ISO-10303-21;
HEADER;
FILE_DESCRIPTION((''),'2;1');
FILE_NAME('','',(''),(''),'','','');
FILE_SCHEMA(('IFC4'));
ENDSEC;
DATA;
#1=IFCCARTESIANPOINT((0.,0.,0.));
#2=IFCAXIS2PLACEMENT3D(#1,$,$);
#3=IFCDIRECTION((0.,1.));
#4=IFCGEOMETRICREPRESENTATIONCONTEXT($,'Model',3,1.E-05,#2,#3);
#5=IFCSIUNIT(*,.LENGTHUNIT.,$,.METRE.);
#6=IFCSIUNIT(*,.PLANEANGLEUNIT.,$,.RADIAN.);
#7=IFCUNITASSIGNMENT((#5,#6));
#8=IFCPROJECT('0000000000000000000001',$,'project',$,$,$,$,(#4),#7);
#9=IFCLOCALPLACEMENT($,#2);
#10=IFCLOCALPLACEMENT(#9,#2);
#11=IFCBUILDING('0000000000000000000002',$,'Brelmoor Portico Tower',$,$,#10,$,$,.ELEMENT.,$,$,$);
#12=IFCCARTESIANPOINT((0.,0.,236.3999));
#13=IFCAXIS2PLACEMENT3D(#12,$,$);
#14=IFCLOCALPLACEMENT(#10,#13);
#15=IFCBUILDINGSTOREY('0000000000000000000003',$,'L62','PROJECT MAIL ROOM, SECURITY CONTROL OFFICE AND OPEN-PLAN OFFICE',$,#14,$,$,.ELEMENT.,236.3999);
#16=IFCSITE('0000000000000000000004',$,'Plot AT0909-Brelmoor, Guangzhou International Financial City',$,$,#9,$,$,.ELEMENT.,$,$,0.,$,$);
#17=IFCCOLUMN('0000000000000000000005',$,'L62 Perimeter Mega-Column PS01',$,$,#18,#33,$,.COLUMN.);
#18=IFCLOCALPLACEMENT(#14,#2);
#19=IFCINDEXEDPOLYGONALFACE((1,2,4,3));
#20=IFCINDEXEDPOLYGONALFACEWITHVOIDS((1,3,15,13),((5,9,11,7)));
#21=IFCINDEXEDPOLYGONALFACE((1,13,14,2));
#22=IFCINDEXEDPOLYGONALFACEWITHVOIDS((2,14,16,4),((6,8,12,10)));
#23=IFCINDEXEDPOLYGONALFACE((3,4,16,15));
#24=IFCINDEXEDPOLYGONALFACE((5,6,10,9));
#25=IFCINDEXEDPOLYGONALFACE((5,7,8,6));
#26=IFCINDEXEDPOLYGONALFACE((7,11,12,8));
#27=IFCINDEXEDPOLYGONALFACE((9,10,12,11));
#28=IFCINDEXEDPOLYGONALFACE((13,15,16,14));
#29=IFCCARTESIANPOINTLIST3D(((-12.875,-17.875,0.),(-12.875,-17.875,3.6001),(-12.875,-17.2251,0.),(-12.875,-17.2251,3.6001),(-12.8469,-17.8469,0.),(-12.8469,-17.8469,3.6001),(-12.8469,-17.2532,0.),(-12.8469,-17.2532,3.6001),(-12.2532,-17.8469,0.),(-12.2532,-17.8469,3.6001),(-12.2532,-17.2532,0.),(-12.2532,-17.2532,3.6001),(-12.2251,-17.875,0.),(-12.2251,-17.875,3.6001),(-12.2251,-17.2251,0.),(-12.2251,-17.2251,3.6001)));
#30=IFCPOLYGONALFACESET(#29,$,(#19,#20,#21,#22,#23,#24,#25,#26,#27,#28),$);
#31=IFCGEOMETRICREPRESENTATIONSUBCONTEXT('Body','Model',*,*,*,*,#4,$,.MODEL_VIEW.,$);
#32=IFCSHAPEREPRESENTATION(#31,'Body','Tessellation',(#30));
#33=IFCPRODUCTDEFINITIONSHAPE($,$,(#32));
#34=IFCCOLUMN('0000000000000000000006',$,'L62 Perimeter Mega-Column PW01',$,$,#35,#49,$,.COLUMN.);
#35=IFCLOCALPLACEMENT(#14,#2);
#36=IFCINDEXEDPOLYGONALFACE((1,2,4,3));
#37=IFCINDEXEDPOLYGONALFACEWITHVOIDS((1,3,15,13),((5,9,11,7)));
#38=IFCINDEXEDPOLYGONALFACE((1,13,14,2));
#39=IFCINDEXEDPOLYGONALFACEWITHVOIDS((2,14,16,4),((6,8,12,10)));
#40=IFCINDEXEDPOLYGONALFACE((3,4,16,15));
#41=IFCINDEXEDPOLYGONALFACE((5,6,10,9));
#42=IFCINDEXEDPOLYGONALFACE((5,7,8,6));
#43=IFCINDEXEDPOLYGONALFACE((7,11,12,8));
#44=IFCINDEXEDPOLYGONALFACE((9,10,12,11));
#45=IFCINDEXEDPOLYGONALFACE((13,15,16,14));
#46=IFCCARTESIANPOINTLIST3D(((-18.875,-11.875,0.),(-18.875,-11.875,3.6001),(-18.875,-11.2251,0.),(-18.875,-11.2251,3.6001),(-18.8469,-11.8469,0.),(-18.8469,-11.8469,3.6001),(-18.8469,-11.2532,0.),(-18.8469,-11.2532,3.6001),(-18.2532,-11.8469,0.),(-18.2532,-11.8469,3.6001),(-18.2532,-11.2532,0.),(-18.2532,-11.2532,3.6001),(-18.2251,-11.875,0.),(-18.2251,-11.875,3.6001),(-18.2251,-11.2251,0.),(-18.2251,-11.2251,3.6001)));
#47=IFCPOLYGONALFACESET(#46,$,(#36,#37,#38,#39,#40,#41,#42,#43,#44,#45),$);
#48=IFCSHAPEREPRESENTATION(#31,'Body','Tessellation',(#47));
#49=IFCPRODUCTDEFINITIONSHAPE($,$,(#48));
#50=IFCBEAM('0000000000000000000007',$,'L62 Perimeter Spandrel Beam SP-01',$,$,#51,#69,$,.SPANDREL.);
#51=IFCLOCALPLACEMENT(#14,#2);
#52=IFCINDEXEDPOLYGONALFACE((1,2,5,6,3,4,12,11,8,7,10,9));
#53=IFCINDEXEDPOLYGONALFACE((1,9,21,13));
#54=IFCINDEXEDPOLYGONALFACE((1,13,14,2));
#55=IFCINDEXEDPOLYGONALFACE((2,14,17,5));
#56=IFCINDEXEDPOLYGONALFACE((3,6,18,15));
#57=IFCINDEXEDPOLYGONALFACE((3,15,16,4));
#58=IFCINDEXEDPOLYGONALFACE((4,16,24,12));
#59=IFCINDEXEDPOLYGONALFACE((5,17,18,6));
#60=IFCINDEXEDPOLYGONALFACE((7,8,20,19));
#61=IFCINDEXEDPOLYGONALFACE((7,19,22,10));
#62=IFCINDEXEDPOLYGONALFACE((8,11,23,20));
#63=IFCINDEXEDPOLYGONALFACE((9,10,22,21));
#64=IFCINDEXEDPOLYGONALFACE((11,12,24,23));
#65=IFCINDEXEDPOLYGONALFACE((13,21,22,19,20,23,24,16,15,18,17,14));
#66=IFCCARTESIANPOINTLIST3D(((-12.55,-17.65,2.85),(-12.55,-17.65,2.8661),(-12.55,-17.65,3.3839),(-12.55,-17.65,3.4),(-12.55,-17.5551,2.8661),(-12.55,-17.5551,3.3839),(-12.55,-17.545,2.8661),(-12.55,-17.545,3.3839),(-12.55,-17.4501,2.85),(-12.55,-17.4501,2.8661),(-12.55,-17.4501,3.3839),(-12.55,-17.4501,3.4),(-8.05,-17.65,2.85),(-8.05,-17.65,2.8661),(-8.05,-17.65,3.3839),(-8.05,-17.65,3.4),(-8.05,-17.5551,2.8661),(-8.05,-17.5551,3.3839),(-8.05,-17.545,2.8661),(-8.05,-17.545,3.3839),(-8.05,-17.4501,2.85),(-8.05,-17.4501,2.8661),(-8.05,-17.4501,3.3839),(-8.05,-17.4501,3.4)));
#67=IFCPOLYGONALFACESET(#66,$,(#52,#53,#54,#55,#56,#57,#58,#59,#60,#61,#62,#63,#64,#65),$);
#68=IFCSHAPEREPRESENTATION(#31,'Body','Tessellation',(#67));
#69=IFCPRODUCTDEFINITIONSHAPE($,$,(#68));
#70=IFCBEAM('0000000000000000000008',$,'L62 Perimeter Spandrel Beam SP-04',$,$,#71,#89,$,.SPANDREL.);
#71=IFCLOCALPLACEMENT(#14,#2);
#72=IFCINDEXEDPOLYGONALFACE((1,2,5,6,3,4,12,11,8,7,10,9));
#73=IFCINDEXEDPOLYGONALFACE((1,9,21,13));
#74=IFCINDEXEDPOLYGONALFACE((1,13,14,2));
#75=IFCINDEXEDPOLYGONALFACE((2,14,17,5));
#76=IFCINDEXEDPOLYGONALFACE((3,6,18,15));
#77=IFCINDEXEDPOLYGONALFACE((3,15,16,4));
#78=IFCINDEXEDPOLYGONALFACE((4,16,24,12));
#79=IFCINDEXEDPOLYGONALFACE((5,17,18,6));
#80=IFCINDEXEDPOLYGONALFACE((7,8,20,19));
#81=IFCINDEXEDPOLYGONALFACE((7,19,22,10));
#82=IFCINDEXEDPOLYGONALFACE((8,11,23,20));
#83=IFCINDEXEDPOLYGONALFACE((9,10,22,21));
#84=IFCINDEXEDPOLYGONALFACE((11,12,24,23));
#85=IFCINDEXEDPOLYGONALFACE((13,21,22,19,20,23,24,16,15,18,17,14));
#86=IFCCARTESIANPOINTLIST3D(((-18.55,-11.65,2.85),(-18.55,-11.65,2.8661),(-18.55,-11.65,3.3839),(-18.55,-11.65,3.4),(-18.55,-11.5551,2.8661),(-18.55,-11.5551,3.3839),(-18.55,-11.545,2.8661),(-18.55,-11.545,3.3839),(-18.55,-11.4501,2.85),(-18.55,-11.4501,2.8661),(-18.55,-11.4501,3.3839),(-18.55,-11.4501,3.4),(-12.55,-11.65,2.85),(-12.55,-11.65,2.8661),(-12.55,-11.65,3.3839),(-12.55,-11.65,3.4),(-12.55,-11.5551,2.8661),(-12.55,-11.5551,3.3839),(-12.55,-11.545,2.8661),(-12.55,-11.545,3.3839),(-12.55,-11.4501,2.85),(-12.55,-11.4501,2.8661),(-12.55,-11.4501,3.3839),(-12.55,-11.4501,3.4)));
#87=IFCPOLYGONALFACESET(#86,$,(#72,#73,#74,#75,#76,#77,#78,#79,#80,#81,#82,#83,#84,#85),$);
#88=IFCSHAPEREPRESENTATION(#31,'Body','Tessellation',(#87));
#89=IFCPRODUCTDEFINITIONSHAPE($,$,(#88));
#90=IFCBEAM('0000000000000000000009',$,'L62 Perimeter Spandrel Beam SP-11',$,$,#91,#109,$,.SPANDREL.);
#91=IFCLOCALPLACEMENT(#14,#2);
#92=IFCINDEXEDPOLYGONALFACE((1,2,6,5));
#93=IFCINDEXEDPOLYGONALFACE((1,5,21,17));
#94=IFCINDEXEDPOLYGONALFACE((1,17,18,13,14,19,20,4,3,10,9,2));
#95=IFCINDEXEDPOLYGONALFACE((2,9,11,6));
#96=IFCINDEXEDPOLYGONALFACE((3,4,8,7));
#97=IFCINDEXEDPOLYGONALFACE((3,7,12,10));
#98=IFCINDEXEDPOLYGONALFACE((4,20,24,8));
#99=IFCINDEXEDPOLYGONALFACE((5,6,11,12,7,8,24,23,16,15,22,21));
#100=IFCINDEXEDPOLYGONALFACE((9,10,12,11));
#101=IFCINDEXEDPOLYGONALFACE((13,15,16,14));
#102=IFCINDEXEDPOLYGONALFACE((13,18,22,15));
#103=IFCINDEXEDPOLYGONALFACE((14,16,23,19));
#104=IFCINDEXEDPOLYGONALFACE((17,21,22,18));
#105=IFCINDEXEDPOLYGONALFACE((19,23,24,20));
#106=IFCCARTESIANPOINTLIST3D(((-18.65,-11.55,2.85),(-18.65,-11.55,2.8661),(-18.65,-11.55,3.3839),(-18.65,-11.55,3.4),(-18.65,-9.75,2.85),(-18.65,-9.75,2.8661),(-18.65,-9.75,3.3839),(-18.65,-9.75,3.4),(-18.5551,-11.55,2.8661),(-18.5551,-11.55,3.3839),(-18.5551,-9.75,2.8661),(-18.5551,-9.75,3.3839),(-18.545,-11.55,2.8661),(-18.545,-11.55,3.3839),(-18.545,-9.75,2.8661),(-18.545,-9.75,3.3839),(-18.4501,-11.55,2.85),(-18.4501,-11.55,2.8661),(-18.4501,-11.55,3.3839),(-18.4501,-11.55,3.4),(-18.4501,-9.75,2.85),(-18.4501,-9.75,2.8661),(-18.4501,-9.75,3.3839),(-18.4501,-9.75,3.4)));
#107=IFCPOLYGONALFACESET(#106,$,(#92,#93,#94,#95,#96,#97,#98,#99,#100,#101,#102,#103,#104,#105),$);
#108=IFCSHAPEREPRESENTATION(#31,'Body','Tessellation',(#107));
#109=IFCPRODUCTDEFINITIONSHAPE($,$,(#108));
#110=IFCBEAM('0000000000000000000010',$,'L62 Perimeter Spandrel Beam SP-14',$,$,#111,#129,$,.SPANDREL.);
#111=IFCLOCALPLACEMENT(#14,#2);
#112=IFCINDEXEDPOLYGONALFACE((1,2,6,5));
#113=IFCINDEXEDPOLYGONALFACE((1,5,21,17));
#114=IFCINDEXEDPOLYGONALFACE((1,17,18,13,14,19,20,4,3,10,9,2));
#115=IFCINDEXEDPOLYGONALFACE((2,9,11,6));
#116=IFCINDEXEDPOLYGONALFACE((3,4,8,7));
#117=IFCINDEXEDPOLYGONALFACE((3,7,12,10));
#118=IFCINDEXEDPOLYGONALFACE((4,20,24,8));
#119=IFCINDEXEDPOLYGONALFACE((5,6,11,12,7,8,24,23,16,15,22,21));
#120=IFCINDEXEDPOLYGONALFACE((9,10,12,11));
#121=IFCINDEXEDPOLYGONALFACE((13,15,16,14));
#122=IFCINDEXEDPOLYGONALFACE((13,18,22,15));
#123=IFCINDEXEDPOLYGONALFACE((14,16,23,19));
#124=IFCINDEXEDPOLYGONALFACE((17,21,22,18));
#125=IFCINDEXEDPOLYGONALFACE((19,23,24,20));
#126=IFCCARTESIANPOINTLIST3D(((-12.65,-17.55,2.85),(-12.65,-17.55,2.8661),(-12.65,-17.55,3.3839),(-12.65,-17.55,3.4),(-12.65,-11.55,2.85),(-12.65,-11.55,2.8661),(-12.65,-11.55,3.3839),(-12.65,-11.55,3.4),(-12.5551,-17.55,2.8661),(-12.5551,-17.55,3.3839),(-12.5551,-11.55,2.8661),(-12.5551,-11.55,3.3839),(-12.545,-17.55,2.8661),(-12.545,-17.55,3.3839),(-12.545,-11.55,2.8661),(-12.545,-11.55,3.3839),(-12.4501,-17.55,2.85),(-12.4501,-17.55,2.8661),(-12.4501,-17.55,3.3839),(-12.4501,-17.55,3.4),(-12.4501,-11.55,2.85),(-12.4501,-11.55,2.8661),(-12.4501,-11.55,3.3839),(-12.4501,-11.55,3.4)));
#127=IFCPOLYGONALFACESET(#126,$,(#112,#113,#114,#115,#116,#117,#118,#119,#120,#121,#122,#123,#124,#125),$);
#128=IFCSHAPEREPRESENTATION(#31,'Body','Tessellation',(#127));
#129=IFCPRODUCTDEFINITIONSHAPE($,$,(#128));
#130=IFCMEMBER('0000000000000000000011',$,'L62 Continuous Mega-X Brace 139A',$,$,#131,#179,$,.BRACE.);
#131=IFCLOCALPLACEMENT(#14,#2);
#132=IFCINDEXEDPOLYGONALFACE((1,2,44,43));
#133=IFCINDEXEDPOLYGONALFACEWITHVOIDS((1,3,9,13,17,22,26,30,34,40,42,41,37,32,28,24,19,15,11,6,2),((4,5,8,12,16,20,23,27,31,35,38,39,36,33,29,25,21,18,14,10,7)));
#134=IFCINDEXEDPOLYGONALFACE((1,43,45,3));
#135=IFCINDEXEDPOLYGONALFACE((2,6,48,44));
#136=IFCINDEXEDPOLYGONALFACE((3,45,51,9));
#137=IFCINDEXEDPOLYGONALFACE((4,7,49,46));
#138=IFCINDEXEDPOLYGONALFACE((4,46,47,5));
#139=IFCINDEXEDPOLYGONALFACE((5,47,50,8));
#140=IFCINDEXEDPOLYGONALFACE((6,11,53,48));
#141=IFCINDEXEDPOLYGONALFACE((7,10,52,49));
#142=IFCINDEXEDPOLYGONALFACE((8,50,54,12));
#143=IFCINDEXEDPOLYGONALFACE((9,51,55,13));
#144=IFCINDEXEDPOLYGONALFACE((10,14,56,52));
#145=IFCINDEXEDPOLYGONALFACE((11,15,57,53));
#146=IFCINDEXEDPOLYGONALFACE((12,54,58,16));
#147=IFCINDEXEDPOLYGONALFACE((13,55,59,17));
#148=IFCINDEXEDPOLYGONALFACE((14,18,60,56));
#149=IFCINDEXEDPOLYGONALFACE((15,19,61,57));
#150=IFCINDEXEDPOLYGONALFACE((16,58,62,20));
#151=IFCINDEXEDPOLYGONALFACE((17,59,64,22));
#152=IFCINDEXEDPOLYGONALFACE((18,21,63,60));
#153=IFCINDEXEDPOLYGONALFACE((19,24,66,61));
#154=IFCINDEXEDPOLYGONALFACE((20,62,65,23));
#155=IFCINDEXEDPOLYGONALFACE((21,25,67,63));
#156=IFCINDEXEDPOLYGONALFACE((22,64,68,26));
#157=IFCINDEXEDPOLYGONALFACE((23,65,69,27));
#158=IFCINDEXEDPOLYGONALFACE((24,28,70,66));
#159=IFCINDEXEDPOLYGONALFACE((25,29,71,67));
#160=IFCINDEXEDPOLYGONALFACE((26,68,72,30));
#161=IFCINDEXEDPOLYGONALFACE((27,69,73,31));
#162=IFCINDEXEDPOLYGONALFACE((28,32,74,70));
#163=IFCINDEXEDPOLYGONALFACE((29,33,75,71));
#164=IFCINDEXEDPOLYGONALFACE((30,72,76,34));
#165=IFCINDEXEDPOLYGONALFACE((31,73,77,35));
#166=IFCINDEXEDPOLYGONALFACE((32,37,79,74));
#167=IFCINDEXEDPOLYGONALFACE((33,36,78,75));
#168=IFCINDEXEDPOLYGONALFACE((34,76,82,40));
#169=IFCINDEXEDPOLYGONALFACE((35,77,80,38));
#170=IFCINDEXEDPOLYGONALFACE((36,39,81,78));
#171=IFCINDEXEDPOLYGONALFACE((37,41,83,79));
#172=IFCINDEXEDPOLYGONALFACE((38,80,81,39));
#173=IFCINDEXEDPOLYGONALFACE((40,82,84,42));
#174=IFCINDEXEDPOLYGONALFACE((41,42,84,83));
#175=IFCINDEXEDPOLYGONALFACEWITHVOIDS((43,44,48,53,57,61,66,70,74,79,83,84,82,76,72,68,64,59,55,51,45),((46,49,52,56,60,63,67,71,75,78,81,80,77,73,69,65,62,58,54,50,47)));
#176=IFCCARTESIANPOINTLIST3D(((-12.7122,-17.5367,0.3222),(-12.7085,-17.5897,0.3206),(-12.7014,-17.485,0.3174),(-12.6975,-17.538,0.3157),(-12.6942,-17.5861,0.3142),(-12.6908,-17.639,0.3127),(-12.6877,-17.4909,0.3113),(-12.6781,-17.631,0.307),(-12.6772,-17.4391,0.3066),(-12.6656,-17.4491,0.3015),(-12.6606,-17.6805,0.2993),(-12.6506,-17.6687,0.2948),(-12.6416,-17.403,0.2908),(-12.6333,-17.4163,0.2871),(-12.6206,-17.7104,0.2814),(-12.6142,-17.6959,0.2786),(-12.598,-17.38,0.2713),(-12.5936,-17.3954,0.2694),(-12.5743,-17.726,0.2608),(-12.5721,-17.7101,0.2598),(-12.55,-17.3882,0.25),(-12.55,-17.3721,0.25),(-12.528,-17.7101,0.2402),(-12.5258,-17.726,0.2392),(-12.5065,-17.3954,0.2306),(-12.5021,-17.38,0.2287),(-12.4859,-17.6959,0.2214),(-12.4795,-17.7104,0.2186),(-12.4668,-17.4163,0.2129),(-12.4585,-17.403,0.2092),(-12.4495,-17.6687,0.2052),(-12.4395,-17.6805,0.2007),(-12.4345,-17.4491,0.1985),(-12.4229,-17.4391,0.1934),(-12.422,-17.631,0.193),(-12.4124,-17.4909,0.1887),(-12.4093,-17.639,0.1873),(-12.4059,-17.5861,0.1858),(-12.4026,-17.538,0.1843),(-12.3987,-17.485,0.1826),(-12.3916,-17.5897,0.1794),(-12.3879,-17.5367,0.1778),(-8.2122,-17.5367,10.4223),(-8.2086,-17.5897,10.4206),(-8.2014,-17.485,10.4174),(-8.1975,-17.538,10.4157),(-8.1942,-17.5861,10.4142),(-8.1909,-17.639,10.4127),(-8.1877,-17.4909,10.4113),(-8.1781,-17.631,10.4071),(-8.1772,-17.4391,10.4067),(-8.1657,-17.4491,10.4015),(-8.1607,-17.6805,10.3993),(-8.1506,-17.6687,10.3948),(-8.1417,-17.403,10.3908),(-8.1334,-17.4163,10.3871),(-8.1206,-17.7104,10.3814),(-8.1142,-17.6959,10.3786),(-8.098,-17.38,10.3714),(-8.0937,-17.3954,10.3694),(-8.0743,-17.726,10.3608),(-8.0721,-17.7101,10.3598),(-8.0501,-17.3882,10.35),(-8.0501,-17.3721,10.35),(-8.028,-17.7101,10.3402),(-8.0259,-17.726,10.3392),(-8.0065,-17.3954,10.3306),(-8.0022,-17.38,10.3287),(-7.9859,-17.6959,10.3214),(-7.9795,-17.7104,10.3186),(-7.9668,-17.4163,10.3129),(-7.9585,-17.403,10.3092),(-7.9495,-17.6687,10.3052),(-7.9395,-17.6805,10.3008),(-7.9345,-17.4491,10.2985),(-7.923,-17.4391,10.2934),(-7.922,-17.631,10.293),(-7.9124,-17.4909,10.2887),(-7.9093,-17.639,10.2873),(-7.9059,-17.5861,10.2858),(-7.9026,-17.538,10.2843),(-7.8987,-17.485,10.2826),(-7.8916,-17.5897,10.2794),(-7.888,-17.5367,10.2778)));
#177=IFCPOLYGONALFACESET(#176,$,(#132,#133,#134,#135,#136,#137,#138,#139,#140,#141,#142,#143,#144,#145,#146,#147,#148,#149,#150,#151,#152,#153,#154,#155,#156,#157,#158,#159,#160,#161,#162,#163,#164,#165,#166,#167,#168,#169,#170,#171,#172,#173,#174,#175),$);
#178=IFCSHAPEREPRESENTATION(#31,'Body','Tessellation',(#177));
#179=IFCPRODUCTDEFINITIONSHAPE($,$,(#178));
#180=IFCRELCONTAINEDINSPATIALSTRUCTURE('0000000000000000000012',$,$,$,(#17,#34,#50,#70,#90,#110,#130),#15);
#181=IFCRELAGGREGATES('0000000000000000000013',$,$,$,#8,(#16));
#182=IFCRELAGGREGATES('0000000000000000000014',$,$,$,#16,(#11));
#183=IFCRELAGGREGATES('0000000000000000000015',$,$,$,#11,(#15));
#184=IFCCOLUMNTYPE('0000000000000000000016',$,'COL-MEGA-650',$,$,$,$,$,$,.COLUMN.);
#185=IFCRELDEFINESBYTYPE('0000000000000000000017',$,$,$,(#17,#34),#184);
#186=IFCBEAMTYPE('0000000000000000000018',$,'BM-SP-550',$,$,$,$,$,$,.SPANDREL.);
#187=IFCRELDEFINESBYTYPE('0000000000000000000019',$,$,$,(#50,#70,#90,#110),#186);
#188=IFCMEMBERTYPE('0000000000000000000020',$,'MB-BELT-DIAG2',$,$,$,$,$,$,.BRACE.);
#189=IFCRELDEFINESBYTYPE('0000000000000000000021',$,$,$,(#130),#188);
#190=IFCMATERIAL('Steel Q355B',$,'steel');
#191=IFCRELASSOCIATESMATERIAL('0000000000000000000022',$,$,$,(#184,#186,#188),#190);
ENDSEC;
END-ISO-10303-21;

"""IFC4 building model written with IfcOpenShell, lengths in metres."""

from ifc_helpers import new_model, si_unit, direction, frame, origin, origin_2d, place, context, subcontext, project, spatial, hollow_rectangle, hollow_circle, i_section, extrude, material, material_profile, profile_set, type_object, element, save


model = new_model("IFC4")

# Units and contexts
model_context = context("Model", 3, precision=1e-05, world=origin(), true_north=direction((0.0, 1.0)))
body_context = subcontext(model_context, "Body", "Model", "MODEL_VIEW")
ifc_project = project(units=[si_unit("LENGTHUNIT", "METRE"), si_unit("PLANEANGLEUNIT", "RADIAN")], contexts=[model_context])

# Site, building, storey
site_placement = place(None, origin())
site = spatial("IfcSite", under=ifc_project, at=site_placement, Name="Plot AT0909-Brelmoor, Guangzhou International Financial City", CompositionType="ELEMENT", RefElevation=0.0)
building_placement = place(site_placement, origin())
building = spatial("IfcBuilding", under=site, at=building_placement, Name="Brelmoor Portico Tower", CompositionType="ELEMENT")
storey_placement = place(building_placement, frame((0.0, 0.0, 236.3999)))
storey = spatial("IfcBuildingStorey", under=building, at=storey_placement, Name="L62", Description="PROJECT MAIL ROOM, SECURITY CONTROL OFFICE AND OPEN-PLAN OFFICE", CompositionType="ELEMENT", Elevation=236.3999)

# Columns
ifc_material_1 = material(Name="Steel Q355B", Category="steel")
ifc_material_profile_1 = material_profile(ifc_material_1, hollow_rectangle(XDim=0.6499, YDim=0.6499, WallThickness=0.0281, at=origin_2d()), Name="BOX 650x650x28")
ifc_profile_set_1 = profile_set([ifc_material_profile_1], Name="Steel Q355B")
column_type = type_object("IfcColumnType", Name="COL-MEGA-650", PredefinedType="COLUMN", material=ifc_profile_set_1)
for number, where, z_axis, x_axis, name in (
    (1, (-12.55, -17.55, 0.0), (0.0, 0.0, 1.0), (1.0, 0.0, 0.0), "L62 Perimeter Mega-Column PS01"),
    (2, (-18.55, -11.55, 0.0), (0.0, 0.0, 1.0), (0.0, 1.0, 0.0), "L62 Perimeter Mega-Column PW01"),
):
    element("IfcColumn", number, at=place(storey_placement, frame(where, z_axis=z_axis, x_axis=x_axis)), inside=storey, type_object=column_type, Name=name, PredefinedType="COLUMN", context=body_context, shape_type="SweptSolid", body=[
        extrude(hollow_rectangle(XDim=0.6499, YDim=0.6499, WallThickness=0.0281, at=origin_2d()), origin(), (0.0, 0.0, 1.0), 3.6001),
    ])

# Beams
ifc_material_profile_2 = material_profile(ifc_material_1, i_section(OverallWidth=0.2, OverallDepth=0.55, WebThickness=0.01, FlangeThickness=0.0161, at=origin_2d()), Name="HN 550x200x10x16")
ifc_profile_set_2 = profile_set([ifc_material_profile_2], Name="Steel Q355B")
beam_type = type_object("IfcBeamType", Name="BM-SP-550", PredefinedType="SPANDREL", material=ifc_profile_set_2)
beam_1_placement = place(storey_placement, frame((-12.55, -17.55, 3.125), z_axis=(1.0, 0.0, 0.0), x_axis=(0.0, 1.0, 0.0)))
element("IfcBeam", 3, at=beam_1_placement, inside=storey, type_object=beam_type, Name="L62 Perimeter Spandrel Beam SP-01", PredefinedType="SPANDREL", context=body_context, shape_type="SweptSolid", body=[
    extrude(i_section(OverallWidth=0.2, OverallDepth=0.55, WebThickness=0.01, FlangeThickness=0.0161, at=origin_2d()), origin(), (0.0, 0.0, 1.0), 4.5),
])
beam_2_placement = place(storey_placement, frame((-18.55, -11.55, 3.125), z_axis=(1.0, 0.0, 0.0), x_axis=(0.0, 1.0, 0.0)))
element("IfcBeam", 4, at=beam_2_placement, inside=storey, type_object=beam_type, Name="L62 Perimeter Spandrel Beam SP-04", PredefinedType="SPANDREL", context=body_context, shape_type="SweptSolid", body=[
    extrude(i_section(OverallWidth=0.2, OverallDepth=0.55, WebThickness=0.01, FlangeThickness=0.0161, at=origin_2d()), origin(), (0.0, 0.0, 1.0), 6.0),
])
beam_3_placement = place(storey_placement, frame((-18.55, -11.55, 3.125), z_axis=(0.0, 1.0, 0.0), x_axis=(-1.0, 0.0, 0.0)))
element("IfcBeam", 5, at=beam_3_placement, inside=storey, type_object=beam_type, Name="L62 Perimeter Spandrel Beam SP-11", PredefinedType="SPANDREL", context=body_context, shape_type="SweptSolid", body=[
    extrude(i_section(OverallWidth=0.2, OverallDepth=0.55, WebThickness=0.01, FlangeThickness=0.0161, at=origin_2d()), origin(), (0.0, 0.0, 1.0), 1.8),
])
beam_4_placement = place(storey_placement, frame((-12.55, -17.55, 3.125), z_axis=(0.0, 1.0, 0.0), x_axis=(-1.0, 0.0, 0.0)))
element("IfcBeam", 6, at=beam_4_placement, inside=storey, type_object=beam_type, Name="L62 Perimeter Spandrel Beam SP-14", PredefinedType="SPANDREL", context=body_context, shape_type="SweptSolid", body=[
    extrude(i_section(OverallWidth=0.2, OverallDepth=0.55, WebThickness=0.01, FlangeThickness=0.0161, at=origin_2d()), origin(), (0.0, 0.0, 1.0), 6.0),
])

# Member
ifc_material_profile_3 = material_profile(ifc_material_1, hollow_circle(Radius=0.178, WallThickness=0.0161, at=origin_2d()), Name="CHS 356x16")
ifc_profile_set_3 = profile_set([ifc_material_profile_3], Name="Steel Q355B")
member_type_1 = type_object("IfcMemberType", Name="MB-BELT-DIAG2", PredefinedType="BRACE", material=ifc_profile_set_3)
member_1_placement = place(storey_placement, frame((-12.55, -17.55, 0.25), z_axis=(0.406974, 0.0, 0.91344), x_axis=(0.0, 1.0, 0.0)))
element("IfcMember", 7, at=member_1_placement, inside=storey, type_object=member_type_1, Name="L62 Continuous Mega-X Brace 139A", PredefinedType="BRACE", context=body_context, shape_type="SweptSolid", body=[
    extrude(hollow_circle(Radius=0.178, WallThickness=0.0161, at=origin_2d()), origin(), (0.0, 0.0, 1.0), 11.0571),
])

save(model, "model.ifc")
